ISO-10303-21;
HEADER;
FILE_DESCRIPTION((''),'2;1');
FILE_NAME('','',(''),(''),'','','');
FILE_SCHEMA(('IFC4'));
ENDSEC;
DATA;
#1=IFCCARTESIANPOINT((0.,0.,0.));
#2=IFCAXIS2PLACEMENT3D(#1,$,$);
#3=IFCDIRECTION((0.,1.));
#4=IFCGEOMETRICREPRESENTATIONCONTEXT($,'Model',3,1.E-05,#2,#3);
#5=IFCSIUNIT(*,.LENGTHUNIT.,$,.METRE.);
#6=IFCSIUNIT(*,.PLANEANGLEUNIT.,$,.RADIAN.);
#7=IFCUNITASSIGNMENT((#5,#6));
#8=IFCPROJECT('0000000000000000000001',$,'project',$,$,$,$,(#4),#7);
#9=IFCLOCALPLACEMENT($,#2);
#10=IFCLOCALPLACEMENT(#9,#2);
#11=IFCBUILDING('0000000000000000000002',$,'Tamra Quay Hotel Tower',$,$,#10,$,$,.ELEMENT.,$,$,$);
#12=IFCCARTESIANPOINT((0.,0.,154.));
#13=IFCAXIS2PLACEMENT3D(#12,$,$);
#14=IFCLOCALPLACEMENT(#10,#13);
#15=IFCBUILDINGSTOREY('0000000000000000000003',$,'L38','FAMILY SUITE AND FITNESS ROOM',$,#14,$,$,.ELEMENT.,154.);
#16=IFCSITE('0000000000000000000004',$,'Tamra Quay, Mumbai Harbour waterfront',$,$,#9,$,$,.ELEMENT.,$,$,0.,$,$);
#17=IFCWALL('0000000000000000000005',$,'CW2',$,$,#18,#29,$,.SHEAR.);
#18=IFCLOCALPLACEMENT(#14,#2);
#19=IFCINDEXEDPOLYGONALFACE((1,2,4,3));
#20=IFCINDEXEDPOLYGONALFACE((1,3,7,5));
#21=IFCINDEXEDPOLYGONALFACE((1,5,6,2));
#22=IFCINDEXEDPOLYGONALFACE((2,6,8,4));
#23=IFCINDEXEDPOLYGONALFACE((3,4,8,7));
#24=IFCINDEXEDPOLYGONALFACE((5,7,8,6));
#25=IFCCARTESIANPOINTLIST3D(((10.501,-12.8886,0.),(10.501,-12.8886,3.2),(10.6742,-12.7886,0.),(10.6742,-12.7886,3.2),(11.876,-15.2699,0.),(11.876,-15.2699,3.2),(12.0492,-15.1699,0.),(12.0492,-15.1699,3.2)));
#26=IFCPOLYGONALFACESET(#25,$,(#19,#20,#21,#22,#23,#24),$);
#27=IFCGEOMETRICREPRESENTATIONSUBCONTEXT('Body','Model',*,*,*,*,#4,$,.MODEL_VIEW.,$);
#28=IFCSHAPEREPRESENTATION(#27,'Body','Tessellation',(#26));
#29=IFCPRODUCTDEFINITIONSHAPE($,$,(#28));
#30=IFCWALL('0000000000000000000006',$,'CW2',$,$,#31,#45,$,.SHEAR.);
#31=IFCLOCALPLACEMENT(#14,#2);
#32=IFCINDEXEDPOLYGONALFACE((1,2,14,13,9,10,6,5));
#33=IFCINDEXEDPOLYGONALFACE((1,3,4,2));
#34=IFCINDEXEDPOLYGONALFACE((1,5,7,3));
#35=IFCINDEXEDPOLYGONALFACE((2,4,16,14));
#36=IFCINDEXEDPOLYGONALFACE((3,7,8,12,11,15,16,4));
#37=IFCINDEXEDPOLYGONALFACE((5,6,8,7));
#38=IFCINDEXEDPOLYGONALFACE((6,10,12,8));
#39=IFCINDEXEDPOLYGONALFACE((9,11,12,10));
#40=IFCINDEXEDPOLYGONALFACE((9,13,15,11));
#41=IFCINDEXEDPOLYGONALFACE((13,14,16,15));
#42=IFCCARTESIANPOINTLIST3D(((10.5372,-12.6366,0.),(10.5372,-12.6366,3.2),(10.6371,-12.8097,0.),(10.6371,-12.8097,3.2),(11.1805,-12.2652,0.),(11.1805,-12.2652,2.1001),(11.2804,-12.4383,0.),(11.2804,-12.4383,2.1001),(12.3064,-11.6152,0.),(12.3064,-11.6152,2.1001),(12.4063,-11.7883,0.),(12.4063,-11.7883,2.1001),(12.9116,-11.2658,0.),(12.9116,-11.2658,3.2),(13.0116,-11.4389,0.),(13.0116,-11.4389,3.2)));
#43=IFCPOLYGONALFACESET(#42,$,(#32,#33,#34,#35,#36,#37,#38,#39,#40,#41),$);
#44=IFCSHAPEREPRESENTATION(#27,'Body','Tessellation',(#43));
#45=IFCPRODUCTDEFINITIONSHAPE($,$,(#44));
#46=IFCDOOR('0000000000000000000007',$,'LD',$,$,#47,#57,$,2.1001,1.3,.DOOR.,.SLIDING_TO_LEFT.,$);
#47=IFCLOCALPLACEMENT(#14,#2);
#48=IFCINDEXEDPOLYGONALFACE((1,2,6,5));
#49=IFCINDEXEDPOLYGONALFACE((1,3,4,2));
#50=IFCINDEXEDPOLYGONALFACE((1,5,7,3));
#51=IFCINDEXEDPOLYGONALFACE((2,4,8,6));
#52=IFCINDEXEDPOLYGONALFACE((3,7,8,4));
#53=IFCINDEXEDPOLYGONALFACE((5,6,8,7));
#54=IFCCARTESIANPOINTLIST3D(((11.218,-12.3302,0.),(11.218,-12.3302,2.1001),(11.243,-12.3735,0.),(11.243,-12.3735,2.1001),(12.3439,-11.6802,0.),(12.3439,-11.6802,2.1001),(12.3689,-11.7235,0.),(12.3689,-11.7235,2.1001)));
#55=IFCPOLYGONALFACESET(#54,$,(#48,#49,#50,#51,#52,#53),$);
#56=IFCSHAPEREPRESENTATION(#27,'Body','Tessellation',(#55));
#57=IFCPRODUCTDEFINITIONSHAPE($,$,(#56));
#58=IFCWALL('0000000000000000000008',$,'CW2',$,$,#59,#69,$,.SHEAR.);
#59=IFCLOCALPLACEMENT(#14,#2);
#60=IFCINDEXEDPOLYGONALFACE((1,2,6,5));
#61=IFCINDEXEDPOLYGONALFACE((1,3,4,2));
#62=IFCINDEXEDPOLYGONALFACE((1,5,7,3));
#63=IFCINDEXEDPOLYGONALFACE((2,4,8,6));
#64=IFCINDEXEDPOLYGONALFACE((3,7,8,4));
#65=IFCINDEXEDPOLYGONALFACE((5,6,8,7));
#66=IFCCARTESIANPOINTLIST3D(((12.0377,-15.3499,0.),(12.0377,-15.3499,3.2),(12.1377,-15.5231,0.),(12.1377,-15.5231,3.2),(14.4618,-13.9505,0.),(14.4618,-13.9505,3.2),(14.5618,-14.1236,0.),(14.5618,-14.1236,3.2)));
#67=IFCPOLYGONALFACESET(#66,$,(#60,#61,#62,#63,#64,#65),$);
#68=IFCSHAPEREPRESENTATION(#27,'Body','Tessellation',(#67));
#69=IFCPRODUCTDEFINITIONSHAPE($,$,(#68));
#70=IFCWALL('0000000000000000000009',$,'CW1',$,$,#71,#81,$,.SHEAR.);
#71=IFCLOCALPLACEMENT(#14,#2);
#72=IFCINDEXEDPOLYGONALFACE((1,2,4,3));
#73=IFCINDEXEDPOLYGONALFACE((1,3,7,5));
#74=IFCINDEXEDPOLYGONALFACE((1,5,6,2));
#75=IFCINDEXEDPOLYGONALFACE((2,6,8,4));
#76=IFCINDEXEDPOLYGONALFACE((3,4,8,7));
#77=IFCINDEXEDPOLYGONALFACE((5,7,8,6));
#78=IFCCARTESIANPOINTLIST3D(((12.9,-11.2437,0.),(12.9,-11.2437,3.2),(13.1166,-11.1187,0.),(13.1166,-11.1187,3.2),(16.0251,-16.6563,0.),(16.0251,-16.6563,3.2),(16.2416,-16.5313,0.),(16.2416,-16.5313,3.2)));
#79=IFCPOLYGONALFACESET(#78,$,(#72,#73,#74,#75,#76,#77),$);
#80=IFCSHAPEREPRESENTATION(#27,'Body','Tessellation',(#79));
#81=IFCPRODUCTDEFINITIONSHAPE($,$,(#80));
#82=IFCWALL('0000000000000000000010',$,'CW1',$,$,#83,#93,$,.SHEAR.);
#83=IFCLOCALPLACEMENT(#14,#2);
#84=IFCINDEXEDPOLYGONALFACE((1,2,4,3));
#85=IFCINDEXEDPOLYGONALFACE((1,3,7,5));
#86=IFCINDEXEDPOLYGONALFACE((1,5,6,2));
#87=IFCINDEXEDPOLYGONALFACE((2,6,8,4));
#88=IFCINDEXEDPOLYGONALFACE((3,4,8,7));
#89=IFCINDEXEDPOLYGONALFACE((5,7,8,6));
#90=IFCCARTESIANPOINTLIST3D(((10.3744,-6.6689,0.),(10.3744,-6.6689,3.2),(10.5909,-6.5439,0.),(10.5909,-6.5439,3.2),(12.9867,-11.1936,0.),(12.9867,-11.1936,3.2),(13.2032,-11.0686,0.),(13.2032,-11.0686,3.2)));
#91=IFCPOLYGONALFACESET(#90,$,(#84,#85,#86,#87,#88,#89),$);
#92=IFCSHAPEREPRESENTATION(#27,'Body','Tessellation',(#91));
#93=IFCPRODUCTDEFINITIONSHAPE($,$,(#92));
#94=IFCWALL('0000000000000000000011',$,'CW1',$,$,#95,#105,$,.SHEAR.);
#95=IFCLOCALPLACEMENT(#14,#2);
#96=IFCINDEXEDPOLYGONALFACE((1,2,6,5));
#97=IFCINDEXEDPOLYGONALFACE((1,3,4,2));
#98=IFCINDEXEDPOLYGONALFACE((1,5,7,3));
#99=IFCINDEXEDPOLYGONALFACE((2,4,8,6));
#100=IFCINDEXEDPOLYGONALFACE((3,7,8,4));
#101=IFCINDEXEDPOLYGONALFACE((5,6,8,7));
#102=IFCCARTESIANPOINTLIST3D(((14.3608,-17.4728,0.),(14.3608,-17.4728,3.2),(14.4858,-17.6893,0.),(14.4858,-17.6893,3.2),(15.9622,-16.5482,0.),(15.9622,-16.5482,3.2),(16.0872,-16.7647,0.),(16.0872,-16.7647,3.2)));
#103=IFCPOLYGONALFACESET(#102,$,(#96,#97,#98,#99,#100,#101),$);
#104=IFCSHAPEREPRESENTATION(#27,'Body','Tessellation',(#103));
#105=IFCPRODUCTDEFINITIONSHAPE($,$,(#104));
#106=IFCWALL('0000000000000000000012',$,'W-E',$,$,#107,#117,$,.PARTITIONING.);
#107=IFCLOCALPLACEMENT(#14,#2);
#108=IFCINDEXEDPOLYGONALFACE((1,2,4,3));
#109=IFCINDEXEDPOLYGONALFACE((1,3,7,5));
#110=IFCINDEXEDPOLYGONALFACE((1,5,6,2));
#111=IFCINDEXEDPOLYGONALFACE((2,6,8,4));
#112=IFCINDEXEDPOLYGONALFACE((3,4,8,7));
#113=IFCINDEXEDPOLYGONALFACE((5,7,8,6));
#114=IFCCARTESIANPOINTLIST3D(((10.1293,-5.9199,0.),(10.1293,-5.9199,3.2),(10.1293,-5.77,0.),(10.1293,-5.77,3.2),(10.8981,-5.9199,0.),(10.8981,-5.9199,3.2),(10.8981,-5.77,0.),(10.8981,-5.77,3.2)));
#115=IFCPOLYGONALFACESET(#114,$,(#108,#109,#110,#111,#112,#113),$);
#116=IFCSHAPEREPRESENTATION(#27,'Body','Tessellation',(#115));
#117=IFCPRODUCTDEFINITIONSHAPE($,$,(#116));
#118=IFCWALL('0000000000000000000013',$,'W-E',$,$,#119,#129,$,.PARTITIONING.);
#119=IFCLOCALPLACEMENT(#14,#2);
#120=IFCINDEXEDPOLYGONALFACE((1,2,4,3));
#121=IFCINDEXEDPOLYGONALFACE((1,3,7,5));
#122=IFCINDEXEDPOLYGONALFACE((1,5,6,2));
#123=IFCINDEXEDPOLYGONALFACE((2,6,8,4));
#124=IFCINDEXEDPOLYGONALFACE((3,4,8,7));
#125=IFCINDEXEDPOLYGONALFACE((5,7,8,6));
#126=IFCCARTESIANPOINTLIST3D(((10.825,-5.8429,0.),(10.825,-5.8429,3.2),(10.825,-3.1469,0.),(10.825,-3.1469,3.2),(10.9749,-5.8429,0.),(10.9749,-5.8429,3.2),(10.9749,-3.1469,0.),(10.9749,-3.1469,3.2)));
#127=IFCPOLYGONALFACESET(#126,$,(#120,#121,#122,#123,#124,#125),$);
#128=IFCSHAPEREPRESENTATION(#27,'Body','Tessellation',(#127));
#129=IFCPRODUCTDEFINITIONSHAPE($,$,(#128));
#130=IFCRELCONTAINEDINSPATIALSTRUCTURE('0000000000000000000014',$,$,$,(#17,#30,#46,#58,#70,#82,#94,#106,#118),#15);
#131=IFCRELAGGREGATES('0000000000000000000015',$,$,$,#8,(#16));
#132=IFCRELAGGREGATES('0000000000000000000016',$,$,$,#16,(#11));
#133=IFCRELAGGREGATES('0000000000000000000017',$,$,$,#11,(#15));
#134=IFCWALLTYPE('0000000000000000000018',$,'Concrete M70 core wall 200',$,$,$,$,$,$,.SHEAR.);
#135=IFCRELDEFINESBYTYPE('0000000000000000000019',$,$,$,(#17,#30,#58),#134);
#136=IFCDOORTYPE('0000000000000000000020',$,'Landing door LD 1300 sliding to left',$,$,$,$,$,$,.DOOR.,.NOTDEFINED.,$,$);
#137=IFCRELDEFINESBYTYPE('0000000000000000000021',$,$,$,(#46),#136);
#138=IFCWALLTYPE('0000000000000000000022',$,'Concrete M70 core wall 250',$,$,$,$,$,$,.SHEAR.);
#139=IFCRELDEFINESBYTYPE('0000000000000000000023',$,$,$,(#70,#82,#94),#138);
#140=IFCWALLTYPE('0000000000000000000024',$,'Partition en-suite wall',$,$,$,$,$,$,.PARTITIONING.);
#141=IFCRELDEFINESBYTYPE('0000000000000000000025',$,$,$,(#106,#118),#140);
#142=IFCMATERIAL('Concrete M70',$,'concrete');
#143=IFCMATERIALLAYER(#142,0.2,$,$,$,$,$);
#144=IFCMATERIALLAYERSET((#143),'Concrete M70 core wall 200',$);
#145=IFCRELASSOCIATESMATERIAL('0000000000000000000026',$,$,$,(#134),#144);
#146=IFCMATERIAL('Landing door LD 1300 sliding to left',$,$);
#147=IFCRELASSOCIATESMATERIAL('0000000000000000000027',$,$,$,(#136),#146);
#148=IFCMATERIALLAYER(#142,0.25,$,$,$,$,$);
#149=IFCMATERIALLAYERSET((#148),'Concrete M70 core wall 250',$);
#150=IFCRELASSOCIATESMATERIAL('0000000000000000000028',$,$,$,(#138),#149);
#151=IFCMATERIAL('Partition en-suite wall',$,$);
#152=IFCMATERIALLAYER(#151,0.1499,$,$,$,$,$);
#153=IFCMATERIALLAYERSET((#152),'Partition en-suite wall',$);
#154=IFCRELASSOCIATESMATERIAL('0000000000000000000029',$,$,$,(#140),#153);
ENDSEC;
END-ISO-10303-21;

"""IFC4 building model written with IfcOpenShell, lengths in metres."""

from ifc_helpers import new_model, si_unit, direction, frame, frame_2d, origin, place, context, subcontext, project, spatial, rectangle, extrude, material, layer, layer_set, type_object, element, fill, save


model = new_model("IFC4")

# Units and contexts
model_context = context("Model", 3, precision=1e-05, world=origin(), true_north=direction((0.0, 1.0)))
body_context = subcontext(model_context, "Body", "Model", "MODEL_VIEW")
ifc_project = project(units=[si_unit("LENGTHUNIT", "METRE"), si_unit("PLANEANGLEUNIT", "RADIAN")], contexts=[model_context])

# Site, building, storey
site_placement = place(None, origin())
site = spatial("IfcSite", under=ifc_project, at=site_placement, Name="Tamra Quay, Mumbai Harbour waterfront", CompositionType="ELEMENT", RefElevation=0.0)
building_placement = place(site_placement, origin())
building = spatial("IfcBuilding", under=site, at=building_placement, Name="Tamra Quay Hotel Tower", CompositionType="ELEMENT")
storey_placement = place(building_placement, frame((0.0, 0.0, 154.0)))
storey = spatial("IfcBuildingStorey", under=building, at=storey_placement, Name="L38", Description="FAMILY SUITE AND FITNESS ROOM", CompositionType="ELEMENT", Elevation=154.0)

# Shared definitions
ifc_material_1 = material(Name="Concrete M70", Category="concrete")

# Wall
ifc_layer_1 = layer(ifc_material_1, 0.2)
ifc_layer_set_1 = layer_set([ifc_layer_1], Name="Concrete M70 core wall 200")
wall_type_1 = type_object("IfcWallType", Name="Concrete M70 core wall 200", PredefinedType="SHEAR", material=ifc_layer_set_1)
wall_1_placement = place(storey_placement, frame((11.9626, -15.22, 0.0), z_axis=(0.0, 0.0, 1.0), x_axis=(-0.500035, 0.866005, 0.0)))
element("IfcWall", 1, at=wall_1_placement, inside=storey, type_object=wall_type_1, Name="CW2", PredefinedType="SHEAR", context=body_context, shape_type="SweptSolid", body=[
    extrude(rectangle(XDim=2.7498, YDim=0.2, at=frame_2d((1.375, 0.0))), origin(), (0.0, 0.0, 1.0), 3.2),
])

# Wall, opening, door
wall_2_placement = place(storey_placement, frame((10.5872, -12.7231, 0.0), z_axis=(0.0, 0.0, 1.0), x_axis=(0.866037, 0.499979, 0.0)))
wall_2 = element("IfcWall", 2, at=wall_2_placement, inside=storey, type_object=wall_type_1, Name="CW2", PredefinedType="SHEAR", context=body_context, shape_type="SweptSolid", body=[
    extrude(rectangle(XDim=2.7417, YDim=0.2, at=frame_2d((1.3708, 0.0))), origin(), (0.0, 0.0, 1.0), 3.2),
])
opening_placement = place(wall_2_placement, frame((0.7429, 0.0, 0.0)))
opening = element("IfcOpeningElement", 3, at=opening_placement, cuts=wall_2, PredefinedType="OPENING", context=body_context, shape_type="SweptSolid", body=[
    extrude(rectangle(XDim=1.3, YDim=2.1001, at=frame_2d((0.6499, 1.05))), frame((0.0, 0.1099, 0.0), z_axis=(0.0, -1.0, 0.0), x_axis=(1.0, 0.0, 0.0)), (0.0, 0.0, 1.0), 0.22),
])
ifc_material_2 = material(Name="Landing door LD 1300 sliding to left")
door_type = type_object("IfcDoorType", Name="Landing door LD 1300 sliding to left", OperationType="NOTDEFINED", PredefinedType="DOOR", material=ifc_material_2)
door_placement = place(opening_placement, origin())
door = element("IfcDoor", 4, at=door_placement, inside=storey, type_object=door_type, Name="LD", OperationType="SLIDING_TO_LEFT", OverallHeight=2.1001, OverallWidth=1.3, PredefinedType="DOOR", context=body_context, shape_type="SweptSolid", body=[
    extrude(rectangle(XDim=1.3, YDim=2.1001, at=frame_2d((0.6499, 1.05))), frame((0.0, 0.0249, 0.0), z_axis=(0.0, -1.0, 0.0), x_axis=(1.0, 0.0, 0.0)), (0.0, 0.0, 1.0), 0.05),
])
fill(opening, door)

# Walls
wall_3_placement = place(storey_placement, frame((14.5117, -14.0371, 0.0), z_axis=(0.0, 0.0, 1.0), x_axis=(-0.866045, -0.499967, 0.0)))
element("IfcWall", 5, at=wall_3_placement, inside=storey, type_object=wall_type_1, Name="CW2", PredefinedType="SHEAR", context=body_context, shape_type="SweptSolid", body=[
    extrude(rectangle(XDim=2.7991, YDim=0.2, at=frame_2d((1.3994, 0.0))), origin(), (0.0, 0.0, 1.0), 3.2),
])
ifc_layer_2 = layer(ifc_material_1, 0.25)
ifc_layer_set_2 = layer_set([ifc_layer_2], Name="Concrete M70 core wall 250")
wall_type_2 = type_object("IfcWallType", Name="Concrete M70 core wall 250", PredefinedType="SHEAR", material=ifc_layer_set_2)
wall_4_placement = place(storey_placement, frame((13.0083, -11.1812, 0.0), z_axis=(0.0, 0.0, 1.0), x_axis=(0.500004, -0.866023, 0.0)))
element("IfcWall", 6, at=wall_4_placement, inside=storey, type_object=wall_type_2, Name="CW1", PredefinedType="SHEAR", context=body_context, shape_type="SweptSolid", body=[
    extrude(rectangle(XDim=6.25, YDim=0.25, at=frame_2d((3.125, 0.0))), origin(), (0.0, 0.0, 1.0), 3.2),
])
wall_5_placement = place(storey_placement, frame((10.4827, -6.6064, 0.0), z_axis=(0.0, 0.0, 1.0), x_axis=(0.499999, -0.866026, 0.0)))
element("IfcWall", 7, at=wall_5_placement, inside=storey, type_object=wall_type_2, Name="CW1", PredefinedType="SHEAR", context=body_context, shape_type="SweptSolid", body=[
    extrude(rectangle(XDim=5.2246, YDim=0.25, at=frame_2d((2.6123, 0.0))), origin(), (0.0, 0.0, 1.0), 3.2),
])
wall_6_placement = place(storey_placement, frame((16.0247, -16.6565, 0.0), z_axis=(0.0, 0.0, 1.0), x_axis=(-0.866016, -0.500016, 0.0)))
element("IfcWall", 8, at=wall_6_placement, inside=storey, type_object=wall_type_2, Name="CW1", PredefinedType="SHEAR", context=body_context, shape_type="SweptSolid", body=[
    extrude(rectangle(XDim=1.8491, YDim=0.25, at=frame_2d((0.9246, 0.0))), origin(), (0.0, 0.0, 1.0), 3.2),
])
ifc_material_3 = material(Name="Partition en-suite wall")
ifc_layer_3 = layer(ifc_material_3, 0.1499)
ifc_layer_set_3 = layer_set([ifc_layer_3], Name="Partition en-suite wall")
wall_type_3 = type_object("IfcWallType", Name="Partition en-suite wall", PredefinedType="PARTITIONING", material=ifc_layer_set_3)
wall_7_placement = place(storey_placement, frame((10.8979, -5.845, 0.0), z_axis=(0.0, 0.0, 1.0), x_axis=(-1.0, 0.0, 0.0)))
element("IfcWall", 9, at=wall_7_placement, inside=storey, type_object=wall_type_3, Name="W-E", PredefinedType="PARTITIONING", context=body_context, shape_type="SweptSolid", body=[
    extrude(rectangle(XDim=0.7688, YDim=0.1499, at=frame_2d((0.3843, 0.0))), origin(), (0.0, 0.0, 1.0), 3.2),
])
wall_8_placement = place(storey_placement, frame((10.8999, -5.843, 0.0), z_axis=(0.0, 0.0, 1.0), x_axis=(0.0, 1.0, 0.0)))
element("IfcWall", 10, at=wall_8_placement, inside=storey, type_object=wall_type_3, Name="W-E", PredefinedType="PARTITIONING", context=body_context, shape_type="SweptSolid", body=[
    extrude(rectangle(XDim=2.696, YDim=0.1499, at=frame_2d((1.3481, 0.0))), origin(), (0.0, 0.0, 1.0), 3.2),
])

save(model, "model.ifc")
